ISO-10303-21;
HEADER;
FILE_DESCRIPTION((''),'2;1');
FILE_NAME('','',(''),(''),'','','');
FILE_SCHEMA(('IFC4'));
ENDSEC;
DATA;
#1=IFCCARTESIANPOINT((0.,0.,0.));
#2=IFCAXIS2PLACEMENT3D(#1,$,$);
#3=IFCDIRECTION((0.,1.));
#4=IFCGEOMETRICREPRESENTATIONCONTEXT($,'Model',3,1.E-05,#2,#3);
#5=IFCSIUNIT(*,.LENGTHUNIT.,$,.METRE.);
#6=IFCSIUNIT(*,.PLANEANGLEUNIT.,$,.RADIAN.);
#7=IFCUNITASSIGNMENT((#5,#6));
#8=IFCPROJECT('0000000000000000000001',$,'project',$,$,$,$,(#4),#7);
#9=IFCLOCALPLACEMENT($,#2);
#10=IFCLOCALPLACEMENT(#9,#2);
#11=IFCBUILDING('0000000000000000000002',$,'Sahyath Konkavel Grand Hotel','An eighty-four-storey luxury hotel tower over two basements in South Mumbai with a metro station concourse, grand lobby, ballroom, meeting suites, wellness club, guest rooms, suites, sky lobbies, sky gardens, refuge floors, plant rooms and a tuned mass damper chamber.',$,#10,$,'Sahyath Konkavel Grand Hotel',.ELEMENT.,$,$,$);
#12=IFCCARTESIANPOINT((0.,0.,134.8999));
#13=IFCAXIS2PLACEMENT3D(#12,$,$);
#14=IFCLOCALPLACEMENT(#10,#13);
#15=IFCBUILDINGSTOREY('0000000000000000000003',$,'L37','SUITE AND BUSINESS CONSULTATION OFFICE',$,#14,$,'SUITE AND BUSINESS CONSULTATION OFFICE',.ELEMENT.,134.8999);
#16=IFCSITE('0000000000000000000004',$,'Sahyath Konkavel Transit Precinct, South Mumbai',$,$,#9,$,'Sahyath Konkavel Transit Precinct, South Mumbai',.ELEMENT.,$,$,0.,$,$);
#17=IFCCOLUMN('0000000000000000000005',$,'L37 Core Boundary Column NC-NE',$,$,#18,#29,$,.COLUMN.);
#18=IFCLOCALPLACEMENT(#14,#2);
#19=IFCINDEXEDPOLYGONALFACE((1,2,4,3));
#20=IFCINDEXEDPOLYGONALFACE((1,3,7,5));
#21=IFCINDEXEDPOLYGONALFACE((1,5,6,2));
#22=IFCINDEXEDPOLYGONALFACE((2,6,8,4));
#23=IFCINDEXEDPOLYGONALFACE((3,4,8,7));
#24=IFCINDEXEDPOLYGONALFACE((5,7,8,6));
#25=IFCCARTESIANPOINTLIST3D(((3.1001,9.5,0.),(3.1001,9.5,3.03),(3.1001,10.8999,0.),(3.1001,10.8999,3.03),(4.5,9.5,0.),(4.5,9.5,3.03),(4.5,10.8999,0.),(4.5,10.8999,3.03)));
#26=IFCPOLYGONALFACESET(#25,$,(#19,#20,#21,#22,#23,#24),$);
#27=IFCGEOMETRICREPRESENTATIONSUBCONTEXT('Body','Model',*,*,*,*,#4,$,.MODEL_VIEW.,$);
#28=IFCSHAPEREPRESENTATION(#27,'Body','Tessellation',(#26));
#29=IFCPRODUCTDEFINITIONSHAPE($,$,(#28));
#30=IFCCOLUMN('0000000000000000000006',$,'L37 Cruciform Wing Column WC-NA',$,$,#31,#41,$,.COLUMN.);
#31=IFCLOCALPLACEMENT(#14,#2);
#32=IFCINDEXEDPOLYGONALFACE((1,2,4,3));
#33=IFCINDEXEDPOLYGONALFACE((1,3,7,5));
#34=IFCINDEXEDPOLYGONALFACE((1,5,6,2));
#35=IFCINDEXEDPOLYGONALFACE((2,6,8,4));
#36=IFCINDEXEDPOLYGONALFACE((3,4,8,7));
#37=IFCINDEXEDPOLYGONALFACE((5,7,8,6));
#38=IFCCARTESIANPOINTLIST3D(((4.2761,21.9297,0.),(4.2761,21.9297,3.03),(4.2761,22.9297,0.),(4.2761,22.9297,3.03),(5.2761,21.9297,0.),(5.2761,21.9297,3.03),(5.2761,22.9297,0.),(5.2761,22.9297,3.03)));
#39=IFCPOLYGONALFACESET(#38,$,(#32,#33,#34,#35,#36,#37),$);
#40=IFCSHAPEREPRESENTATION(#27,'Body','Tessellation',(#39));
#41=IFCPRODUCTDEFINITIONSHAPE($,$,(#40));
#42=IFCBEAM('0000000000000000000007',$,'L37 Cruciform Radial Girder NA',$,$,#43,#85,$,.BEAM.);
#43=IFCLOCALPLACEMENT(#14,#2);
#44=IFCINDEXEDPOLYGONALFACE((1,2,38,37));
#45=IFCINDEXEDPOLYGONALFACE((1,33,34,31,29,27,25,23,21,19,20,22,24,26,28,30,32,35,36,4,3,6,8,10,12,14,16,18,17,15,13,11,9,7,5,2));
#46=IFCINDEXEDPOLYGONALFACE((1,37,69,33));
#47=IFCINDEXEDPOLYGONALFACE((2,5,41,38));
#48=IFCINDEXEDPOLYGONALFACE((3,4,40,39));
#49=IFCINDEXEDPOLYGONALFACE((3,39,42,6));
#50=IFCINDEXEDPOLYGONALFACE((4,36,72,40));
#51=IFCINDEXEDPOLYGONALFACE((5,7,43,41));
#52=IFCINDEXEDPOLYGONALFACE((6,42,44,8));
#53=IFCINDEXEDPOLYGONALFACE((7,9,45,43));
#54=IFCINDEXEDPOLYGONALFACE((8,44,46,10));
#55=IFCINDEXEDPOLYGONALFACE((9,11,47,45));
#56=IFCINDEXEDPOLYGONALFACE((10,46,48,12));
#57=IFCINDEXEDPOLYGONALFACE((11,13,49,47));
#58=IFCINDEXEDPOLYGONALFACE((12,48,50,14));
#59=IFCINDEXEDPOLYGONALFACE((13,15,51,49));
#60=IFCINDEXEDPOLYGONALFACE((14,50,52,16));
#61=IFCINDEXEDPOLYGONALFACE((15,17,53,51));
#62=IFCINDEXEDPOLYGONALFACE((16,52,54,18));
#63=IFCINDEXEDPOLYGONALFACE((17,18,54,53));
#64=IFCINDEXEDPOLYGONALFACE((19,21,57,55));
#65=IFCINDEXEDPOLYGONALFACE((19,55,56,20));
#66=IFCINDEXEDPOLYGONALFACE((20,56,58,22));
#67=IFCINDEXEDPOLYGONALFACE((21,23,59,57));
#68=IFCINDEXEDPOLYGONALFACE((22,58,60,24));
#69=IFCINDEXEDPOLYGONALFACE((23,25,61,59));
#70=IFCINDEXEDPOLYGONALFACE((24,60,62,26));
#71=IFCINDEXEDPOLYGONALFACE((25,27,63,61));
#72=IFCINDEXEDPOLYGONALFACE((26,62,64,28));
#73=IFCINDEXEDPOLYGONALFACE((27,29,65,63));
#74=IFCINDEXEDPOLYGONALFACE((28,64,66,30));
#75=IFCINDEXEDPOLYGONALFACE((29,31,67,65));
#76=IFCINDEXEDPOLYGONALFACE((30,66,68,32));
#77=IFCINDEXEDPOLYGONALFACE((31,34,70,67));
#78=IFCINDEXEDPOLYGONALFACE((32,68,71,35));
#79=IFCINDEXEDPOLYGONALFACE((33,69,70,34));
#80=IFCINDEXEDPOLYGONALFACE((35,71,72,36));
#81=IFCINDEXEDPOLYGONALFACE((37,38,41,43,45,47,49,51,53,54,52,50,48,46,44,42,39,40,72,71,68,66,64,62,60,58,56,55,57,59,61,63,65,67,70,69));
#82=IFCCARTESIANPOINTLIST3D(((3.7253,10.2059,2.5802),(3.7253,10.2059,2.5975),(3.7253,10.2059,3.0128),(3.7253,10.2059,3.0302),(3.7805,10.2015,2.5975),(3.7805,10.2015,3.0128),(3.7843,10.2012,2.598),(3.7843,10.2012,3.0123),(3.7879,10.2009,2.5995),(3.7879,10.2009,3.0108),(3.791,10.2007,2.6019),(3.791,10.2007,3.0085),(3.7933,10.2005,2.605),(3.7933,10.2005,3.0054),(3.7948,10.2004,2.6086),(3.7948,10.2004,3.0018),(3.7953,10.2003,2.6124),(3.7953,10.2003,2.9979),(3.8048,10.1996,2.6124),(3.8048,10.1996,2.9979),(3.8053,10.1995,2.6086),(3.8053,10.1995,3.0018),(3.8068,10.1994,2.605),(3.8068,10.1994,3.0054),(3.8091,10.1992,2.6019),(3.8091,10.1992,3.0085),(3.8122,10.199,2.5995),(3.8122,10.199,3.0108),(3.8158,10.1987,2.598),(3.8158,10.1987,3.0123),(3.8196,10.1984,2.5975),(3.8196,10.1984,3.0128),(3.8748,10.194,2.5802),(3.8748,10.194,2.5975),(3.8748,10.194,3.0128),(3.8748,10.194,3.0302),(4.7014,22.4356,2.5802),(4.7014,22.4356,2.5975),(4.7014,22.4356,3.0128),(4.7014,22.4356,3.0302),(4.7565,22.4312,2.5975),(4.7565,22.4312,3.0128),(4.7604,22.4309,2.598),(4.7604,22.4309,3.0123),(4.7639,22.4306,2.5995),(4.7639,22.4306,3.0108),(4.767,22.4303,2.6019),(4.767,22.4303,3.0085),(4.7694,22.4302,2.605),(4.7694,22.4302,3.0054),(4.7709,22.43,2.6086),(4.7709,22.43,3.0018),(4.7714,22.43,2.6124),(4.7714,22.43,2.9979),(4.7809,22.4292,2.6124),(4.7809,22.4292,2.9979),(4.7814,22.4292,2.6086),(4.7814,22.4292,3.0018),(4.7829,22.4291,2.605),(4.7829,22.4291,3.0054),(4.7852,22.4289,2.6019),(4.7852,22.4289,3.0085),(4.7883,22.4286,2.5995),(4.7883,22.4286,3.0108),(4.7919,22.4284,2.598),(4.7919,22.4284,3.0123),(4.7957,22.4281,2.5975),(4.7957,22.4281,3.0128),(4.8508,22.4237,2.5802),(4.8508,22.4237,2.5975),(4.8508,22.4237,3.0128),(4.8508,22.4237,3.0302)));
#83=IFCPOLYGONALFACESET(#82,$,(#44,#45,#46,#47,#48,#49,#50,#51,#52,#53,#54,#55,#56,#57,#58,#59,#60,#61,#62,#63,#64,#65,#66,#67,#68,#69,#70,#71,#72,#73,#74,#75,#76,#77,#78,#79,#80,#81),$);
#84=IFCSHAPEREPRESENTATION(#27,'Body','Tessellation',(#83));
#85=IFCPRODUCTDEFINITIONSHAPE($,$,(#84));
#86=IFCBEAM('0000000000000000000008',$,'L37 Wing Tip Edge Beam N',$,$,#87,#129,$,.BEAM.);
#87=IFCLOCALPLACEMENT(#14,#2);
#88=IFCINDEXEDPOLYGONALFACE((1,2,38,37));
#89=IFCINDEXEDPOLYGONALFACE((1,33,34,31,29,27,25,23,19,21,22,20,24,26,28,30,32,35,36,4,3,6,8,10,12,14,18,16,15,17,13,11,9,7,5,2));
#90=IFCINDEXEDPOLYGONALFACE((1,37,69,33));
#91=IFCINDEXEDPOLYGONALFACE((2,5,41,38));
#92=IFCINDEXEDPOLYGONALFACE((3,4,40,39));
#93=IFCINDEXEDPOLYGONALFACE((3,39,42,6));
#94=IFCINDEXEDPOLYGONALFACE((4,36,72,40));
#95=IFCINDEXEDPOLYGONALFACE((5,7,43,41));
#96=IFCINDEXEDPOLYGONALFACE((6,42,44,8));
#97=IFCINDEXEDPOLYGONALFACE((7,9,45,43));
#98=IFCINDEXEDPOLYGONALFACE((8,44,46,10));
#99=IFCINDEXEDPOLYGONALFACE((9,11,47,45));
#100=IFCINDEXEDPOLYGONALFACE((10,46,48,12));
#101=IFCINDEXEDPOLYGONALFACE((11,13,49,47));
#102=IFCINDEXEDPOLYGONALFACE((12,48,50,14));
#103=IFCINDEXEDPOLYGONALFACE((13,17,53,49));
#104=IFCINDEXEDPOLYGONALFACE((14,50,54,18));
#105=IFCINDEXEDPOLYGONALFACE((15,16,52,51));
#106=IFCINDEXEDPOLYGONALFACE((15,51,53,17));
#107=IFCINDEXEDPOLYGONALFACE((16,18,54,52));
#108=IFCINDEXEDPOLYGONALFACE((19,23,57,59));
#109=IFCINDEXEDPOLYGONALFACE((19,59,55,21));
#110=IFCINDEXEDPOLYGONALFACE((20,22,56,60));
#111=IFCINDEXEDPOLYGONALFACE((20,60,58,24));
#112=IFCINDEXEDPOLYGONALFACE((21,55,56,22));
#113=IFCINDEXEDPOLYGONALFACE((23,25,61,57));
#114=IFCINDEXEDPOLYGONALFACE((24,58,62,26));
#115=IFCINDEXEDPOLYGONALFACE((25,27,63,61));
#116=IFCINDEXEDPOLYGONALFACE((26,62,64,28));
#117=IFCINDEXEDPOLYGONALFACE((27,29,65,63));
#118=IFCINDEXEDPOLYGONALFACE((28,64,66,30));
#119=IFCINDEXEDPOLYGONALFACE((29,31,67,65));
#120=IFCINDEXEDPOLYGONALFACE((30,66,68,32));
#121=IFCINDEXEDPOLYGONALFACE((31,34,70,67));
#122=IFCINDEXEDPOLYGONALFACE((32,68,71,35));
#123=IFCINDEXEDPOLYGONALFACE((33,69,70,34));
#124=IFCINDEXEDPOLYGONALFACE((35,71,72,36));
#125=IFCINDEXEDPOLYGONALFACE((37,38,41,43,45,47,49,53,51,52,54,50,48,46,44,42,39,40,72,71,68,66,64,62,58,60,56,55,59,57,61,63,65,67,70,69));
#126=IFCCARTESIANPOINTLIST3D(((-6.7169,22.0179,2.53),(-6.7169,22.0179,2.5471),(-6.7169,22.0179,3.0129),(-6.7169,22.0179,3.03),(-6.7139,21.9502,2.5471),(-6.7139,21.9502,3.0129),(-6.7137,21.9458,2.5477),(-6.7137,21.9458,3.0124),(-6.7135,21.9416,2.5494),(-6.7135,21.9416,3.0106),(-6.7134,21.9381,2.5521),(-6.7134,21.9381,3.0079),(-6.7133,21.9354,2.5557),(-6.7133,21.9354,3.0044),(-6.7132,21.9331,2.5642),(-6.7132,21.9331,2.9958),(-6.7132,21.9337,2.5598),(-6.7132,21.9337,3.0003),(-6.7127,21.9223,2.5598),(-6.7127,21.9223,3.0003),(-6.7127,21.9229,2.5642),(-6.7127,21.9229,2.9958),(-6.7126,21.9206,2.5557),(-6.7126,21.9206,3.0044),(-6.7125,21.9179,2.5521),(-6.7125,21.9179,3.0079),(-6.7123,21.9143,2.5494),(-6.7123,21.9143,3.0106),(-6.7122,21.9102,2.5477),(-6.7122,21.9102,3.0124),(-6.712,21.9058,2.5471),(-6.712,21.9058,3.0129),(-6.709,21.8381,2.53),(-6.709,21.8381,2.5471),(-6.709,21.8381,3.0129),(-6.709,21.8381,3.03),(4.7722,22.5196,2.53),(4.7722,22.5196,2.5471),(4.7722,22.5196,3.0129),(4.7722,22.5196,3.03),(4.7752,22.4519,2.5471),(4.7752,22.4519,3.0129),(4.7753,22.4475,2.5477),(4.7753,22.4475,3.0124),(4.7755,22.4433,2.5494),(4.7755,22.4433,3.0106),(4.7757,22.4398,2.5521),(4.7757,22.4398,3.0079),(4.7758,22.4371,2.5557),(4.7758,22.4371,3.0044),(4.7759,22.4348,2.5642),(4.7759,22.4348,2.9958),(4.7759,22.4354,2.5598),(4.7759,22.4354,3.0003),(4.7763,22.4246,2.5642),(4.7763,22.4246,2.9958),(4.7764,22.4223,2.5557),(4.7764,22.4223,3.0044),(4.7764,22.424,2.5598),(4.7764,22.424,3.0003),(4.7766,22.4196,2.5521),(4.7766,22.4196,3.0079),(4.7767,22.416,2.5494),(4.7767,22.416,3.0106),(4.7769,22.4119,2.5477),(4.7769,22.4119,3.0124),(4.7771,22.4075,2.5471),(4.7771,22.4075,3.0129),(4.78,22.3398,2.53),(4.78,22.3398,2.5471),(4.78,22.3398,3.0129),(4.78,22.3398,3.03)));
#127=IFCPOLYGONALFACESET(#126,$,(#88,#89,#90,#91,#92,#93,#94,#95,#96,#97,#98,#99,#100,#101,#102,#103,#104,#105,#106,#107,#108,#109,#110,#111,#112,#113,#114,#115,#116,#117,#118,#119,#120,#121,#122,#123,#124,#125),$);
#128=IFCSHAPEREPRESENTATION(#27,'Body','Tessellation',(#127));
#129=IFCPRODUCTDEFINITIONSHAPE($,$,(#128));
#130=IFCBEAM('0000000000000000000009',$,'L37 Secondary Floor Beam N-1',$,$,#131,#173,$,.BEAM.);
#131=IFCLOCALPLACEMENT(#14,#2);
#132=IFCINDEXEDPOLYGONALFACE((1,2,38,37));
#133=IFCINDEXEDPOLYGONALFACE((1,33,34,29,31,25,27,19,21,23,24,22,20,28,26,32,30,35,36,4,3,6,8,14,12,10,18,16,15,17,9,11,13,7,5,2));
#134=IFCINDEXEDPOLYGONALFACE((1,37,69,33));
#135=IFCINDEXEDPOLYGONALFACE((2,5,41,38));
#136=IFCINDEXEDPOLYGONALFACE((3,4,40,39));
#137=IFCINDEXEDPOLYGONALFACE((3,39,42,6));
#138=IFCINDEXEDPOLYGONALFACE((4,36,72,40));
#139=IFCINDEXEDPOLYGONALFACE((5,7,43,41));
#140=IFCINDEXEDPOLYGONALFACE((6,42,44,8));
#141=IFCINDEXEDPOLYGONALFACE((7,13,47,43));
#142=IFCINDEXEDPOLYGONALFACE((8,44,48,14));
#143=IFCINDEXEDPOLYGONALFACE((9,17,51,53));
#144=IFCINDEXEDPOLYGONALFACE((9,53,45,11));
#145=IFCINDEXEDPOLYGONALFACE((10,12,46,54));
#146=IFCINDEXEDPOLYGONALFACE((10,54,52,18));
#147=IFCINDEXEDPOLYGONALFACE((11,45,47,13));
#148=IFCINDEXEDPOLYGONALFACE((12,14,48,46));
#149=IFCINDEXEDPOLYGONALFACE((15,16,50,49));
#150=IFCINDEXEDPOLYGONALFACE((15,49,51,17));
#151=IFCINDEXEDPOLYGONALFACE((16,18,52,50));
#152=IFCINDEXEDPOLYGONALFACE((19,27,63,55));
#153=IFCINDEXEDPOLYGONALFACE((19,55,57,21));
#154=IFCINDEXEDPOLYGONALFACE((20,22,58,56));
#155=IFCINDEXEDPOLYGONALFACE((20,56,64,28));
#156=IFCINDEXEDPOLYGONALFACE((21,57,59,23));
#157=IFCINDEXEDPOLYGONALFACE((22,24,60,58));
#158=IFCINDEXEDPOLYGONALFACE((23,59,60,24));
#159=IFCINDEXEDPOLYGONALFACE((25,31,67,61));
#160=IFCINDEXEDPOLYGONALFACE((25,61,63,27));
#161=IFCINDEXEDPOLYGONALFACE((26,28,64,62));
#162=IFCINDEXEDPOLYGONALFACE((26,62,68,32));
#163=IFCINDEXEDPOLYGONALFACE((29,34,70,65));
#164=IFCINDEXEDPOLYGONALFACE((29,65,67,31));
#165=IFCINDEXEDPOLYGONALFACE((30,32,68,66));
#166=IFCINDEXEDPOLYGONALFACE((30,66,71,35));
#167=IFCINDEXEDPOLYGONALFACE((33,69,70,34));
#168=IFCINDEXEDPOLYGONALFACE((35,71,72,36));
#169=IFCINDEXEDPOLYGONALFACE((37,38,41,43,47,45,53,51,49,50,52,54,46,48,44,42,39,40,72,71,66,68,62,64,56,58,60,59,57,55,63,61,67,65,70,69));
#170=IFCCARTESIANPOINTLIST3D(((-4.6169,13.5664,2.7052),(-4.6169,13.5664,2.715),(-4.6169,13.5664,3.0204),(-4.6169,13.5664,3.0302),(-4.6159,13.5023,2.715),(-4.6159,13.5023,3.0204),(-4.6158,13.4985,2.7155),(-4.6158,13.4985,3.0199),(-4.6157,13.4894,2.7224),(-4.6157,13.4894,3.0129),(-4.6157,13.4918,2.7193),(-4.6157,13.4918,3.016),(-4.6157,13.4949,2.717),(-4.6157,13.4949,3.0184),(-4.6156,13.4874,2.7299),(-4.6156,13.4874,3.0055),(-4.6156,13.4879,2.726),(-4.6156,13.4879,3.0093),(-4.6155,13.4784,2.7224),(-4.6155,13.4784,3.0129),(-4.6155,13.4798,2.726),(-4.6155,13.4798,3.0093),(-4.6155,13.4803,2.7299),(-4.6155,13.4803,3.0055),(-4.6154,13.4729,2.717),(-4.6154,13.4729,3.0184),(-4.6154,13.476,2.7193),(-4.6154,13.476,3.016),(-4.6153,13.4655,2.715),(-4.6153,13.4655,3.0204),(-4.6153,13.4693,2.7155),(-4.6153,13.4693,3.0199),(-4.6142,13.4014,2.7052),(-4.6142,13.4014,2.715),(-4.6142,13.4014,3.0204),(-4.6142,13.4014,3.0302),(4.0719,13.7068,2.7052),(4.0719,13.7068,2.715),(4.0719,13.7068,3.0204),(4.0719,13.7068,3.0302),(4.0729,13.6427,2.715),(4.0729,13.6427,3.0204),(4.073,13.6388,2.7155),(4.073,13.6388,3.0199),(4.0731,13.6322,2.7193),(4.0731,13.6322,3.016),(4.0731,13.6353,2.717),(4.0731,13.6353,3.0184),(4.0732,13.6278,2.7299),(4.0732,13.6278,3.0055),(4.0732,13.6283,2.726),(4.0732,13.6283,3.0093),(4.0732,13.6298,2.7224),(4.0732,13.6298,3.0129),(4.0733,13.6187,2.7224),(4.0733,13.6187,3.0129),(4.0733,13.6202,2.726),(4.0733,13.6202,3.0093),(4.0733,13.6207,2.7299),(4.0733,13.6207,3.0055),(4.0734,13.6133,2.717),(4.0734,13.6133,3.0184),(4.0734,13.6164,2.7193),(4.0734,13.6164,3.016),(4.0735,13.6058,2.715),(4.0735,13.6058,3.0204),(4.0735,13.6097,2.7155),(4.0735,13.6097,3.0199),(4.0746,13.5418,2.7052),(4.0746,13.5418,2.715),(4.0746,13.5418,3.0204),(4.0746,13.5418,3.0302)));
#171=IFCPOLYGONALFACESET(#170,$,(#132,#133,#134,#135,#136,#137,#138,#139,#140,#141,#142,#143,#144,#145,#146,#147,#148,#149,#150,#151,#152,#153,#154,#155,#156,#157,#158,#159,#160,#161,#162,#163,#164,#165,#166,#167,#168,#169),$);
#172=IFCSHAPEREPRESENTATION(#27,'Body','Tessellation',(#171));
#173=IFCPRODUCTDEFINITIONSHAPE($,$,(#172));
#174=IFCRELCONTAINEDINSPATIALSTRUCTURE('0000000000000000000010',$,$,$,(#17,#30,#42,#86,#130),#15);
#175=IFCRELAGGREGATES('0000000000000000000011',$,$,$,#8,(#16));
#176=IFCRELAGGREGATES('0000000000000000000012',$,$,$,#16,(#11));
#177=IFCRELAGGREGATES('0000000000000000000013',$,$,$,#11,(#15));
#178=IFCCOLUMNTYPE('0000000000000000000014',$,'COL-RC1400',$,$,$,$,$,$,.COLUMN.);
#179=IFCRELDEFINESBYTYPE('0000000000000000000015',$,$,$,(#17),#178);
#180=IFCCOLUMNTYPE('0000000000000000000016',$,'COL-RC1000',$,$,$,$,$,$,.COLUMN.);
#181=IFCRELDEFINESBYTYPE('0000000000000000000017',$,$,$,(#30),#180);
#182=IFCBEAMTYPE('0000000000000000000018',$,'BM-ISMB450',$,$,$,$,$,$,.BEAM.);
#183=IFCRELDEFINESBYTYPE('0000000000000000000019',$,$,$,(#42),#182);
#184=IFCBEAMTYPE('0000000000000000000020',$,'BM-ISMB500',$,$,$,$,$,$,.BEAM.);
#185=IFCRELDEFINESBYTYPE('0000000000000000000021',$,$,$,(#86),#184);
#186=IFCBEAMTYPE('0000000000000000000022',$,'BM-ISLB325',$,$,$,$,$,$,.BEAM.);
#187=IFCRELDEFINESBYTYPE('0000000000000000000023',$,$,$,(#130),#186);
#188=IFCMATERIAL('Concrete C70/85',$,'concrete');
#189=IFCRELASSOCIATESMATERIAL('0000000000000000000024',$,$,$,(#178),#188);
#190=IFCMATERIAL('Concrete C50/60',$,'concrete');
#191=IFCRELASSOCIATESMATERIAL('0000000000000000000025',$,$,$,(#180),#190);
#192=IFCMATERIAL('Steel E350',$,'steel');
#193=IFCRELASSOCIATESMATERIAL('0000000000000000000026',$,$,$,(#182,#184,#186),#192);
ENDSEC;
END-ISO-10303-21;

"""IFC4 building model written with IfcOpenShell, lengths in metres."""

from ifc_helpers import new_model, si_unit, direction, frame, origin, origin_2d, place, context, subcontext, project, spatial, rectangle, i_section, extrude, source, transform, mapped, material, material_profile, profile_set, type_object, element, save


model = new_model("IFC4")

# Units and contexts
model_context = context("Model", 3, precision=1e-05, world=origin(), true_north=direction((0.0, 1.0)))
body_context = subcontext(model_context, "Body", "Model", "MODEL_VIEW")
ifc_project = project(units=[si_unit("LENGTHUNIT", "METRE"), si_unit("PLANEANGLEUNIT", "RADIAN")], contexts=[model_context])

# Site, building, storey
site_placement = place(None, origin())
site = spatial("IfcSite", under=ifc_project, at=site_placement, Name="Sahyath Konkavel Transit Precinct, South Mumbai", LongName="Sahyath Konkavel Transit Precinct, South Mumbai", CompositionType="ELEMENT", RefElevation=0.0)
building_placement = place(site_placement, origin())
building = spatial("IfcBuilding", under=site, at=building_placement, Name="Sahyath Konkavel Grand Hotel", Description="An eighty-four-storey luxury hotel tower over two basements in South Mumbai with a metro station concourse, grand lobby, ballroom, meeting suites, wellness club, guest rooms, suites, sky lobbies, sky gardens, refuge floors, plant rooms and a tuned mass damper chamber.", LongName="Sahyath Konkavel Grand Hotel", CompositionType="ELEMENT")
storey_placement = place(building_placement, frame((0.0, 0.0, 134.8999)))
storey = spatial("IfcBuildingStorey", under=building, at=storey_placement, Name="L37", Description="SUITE AND BUSINESS CONSULTATION OFFICE", LongName="SUITE AND BUSINESS CONSULTATION OFFICE", CompositionType="ELEMENT", Elevation=134.8999)

# Columns
ifc_material_1 = material(Name="Concrete C70/85", Category="concrete")
ifc_material_profile_1 = material_profile(ifc_material_1, rectangle(XDim=1.3999, YDim=1.3999, at=origin_2d()), Name="RC 1400x1400")
ifc_profile_set_1 = profile_set([ifc_material_profile_1], Name="Concrete C70/85")
column_type_1 = type_object("IfcColumnType", Name="COL-RC1400", PredefinedType="COLUMN", material=ifc_profile_set_1)
shared_shape_1 = source(origin(), body_context, "Body", "SweptSolid", [
    extrude(rectangle(XDim=1.3999, YDim=1.3999, at=origin_2d()), origin(), (0.0, 0.0, 1.0), 3.03),
])
column_1_placement = place(storey_placement, frame((3.8, 10.2, 0.0), z_axis=(0.0, 0.0, 1.0), x_axis=(1.0, 0.0, 0.0)))
element("IfcColumn", 1, at=column_1_placement, inside=storey, type_object=column_type_1, Name="L37 Core Boundary Column NC-NE", PredefinedType="COLUMN", context=body_context, shape_type="MappedRepresentation", body=[
    mapped(shared_shape_1, transform((0.0, 0.0, 0.0), scale=1.0)),
])
ifc_material_2 = material(Name="Concrete C50/60", Category="concrete")
ifc_material_profile_2 = material_profile(ifc_material_2, rectangle(XDim=1.0, YDim=1.0, at=origin_2d()), Name="RC 1000x1000")
ifc_profile_set_2 = profile_set([ifc_material_profile_2], Name="Concrete C50/60")
column_type_2 = type_object("IfcColumnType", Name="COL-RC1000", PredefinedType="COLUMN", material=ifc_profile_set_2)
shared_shape_2 = source(origin(), body_context, "Body", "SweptSolid", [
    extrude(rectangle(XDim=1.0, YDim=1.0, at=origin_2d()), origin(), (0.0, 0.0, 1.0), 3.03),
])
column_2_placement = place(storey_placement, frame((4.7761, 22.4297, 0.0), z_axis=(0.0, 0.0, 1.0), x_axis=(1.0, 0.0, 0.0)))
element("IfcColumn", 2, at=column_2_placement, inside=storey, type_object=column_type_2, Name="L37 Cruciform Wing Column WC-NA", PredefinedType="COLUMN", context=body_context, shape_type="MappedRepresentation", body=[
    mapped(shared_shape_2, transform((0.0, 0.0, 0.0), scale=1.0)),
])

# Beams
ifc_material_3 = material(Name="Steel E350", Category="steel")
ifc_material_profile_3 = material_profile(ifc_material_3, i_section(OverallWidth=0.1499, OverallDepth=0.45, WebThickness=0.0095, FlangeThickness=0.0173, FilletRadius=0.0149, at=origin_2d()), Name="ISMB 450")
ifc_profile_set_3 = profile_set([ifc_material_profile_3], Name="Steel E350")
beam_type_1 = type_object("IfcBeamType", Name="BM-ISMB450", PredefinedType="BEAM", material=ifc_profile_set_3)
shared_shape_3 = source(origin(), body_context, "Body", "SweptSolid", [
    extrude(i_section(OverallWidth=0.1499, OverallDepth=0.45, WebThickness=0.0095, FlangeThickness=0.0173, FilletRadius=0.0149, at=origin_2d()), origin(), (0.0, 0.0, 1.0), 12.2686),
])
beam_1_placement = place(storey_placement, frame((3.8, 10.2, 2.8052), z_axis=(0.079559, 0.99683, 0.0), x_axis=(-0.99683, 0.079559, 0.0)))
element("IfcBeam", 3, at=beam_1_placement, inside=storey, type_object=beam_type_1, Name="L37 Cruciform Radial Girder NA", PredefinedType="BEAM", context=body_context, shape_type="MappedRepresentation", body=[
    mapped(shared_shape_3, transform((0.0, 0.0, 0.0), scale=1.0)),
])
ifc_material_profile_4 = material_profile(ifc_material_3, i_section(OverallWidth=0.1799, OverallDepth=0.5, WebThickness=0.0103, FlangeThickness=0.0171, FilletRadius=0.0171, at=origin_2d()), Name="ISMB 500")
ifc_profile_set_4 = profile_set([ifc_material_profile_4], Name="Steel E350")
beam_type_2 = type_object("IfcBeamType", Name="BM-ISMB500", PredefinedType="BEAM", material=ifc_profile_set_4)
shared_shape_4 = source(origin(), body_context, "Body", "SweptSolid", [
    extrude(i_section(OverallWidth=0.1799, OverallDepth=0.5, WebThickness=0.0103, FlangeThickness=0.0171, FilletRadius=0.0171, at=origin_2d()), origin(), (0.0, 0.0, 1.0), 11.5),
])
beam_2_placement = place(storey_placement, frame((4.7761, 22.4297, 2.78), z_axis=(-0.999048, -0.043627, 0.0), x_axis=(0.043627, -0.999048, 0.0)))
element("IfcBeam", 4, at=beam_2_placement, inside=storey, type_object=beam_type_2, Name="L37 Wing Tip Edge Beam N", PredefinedType="BEAM", context=body_context, shape_type="MappedRepresentation", body=[
    mapped(shared_shape_4, transform((0.0, 0.0, 0.0), scale=1.0)),
])
ifc_material_profile_5 = material_profile(ifc_material_3, i_section(OverallWidth=0.165, OverallDepth=0.325, WebThickness=0.0071, FlangeThickness=0.0098, FilletRadius=0.0149, at=origin_2d()), Name="ISLB 325")
ifc_profile_set_5 = profile_set([ifc_material_profile_5], Name="Steel E350")
beam_type_3 = type_object("IfcBeamType", Name="BM-ISLB325", PredefinedType="BEAM", material=ifc_profile_set_5)
shared_shape_5 = source(origin(), body_context, "Body", "SweptSolid", [
    extrude(i_section(OverallWidth=0.165, OverallDepth=0.325, WebThickness=0.0071, FlangeThickness=0.0098, FilletRadius=0.0149, at=origin_2d()), origin(), (0.0, 0.0, 1.0), 8.6899),
])
beam_3_placement = place(storey_placement, frame((4.0732, 13.6243, 2.8677), z_axis=(-0.99987, -0.016155, 0.0), x_axis=(0.016155, -0.99987, 0.0)))
element("IfcBeam", 5, at=beam_3_placement, inside=storey, type_object=beam_type_3, Name="L37 Secondary Floor Beam N-1", PredefinedType="BEAM", context=body_context, shape_type="MappedRepresentation", body=[
    mapped(shared_shape_5, transform((0.0, 0.0, 0.0), scale=1.0)),
])

save(model, "model.ifc")
